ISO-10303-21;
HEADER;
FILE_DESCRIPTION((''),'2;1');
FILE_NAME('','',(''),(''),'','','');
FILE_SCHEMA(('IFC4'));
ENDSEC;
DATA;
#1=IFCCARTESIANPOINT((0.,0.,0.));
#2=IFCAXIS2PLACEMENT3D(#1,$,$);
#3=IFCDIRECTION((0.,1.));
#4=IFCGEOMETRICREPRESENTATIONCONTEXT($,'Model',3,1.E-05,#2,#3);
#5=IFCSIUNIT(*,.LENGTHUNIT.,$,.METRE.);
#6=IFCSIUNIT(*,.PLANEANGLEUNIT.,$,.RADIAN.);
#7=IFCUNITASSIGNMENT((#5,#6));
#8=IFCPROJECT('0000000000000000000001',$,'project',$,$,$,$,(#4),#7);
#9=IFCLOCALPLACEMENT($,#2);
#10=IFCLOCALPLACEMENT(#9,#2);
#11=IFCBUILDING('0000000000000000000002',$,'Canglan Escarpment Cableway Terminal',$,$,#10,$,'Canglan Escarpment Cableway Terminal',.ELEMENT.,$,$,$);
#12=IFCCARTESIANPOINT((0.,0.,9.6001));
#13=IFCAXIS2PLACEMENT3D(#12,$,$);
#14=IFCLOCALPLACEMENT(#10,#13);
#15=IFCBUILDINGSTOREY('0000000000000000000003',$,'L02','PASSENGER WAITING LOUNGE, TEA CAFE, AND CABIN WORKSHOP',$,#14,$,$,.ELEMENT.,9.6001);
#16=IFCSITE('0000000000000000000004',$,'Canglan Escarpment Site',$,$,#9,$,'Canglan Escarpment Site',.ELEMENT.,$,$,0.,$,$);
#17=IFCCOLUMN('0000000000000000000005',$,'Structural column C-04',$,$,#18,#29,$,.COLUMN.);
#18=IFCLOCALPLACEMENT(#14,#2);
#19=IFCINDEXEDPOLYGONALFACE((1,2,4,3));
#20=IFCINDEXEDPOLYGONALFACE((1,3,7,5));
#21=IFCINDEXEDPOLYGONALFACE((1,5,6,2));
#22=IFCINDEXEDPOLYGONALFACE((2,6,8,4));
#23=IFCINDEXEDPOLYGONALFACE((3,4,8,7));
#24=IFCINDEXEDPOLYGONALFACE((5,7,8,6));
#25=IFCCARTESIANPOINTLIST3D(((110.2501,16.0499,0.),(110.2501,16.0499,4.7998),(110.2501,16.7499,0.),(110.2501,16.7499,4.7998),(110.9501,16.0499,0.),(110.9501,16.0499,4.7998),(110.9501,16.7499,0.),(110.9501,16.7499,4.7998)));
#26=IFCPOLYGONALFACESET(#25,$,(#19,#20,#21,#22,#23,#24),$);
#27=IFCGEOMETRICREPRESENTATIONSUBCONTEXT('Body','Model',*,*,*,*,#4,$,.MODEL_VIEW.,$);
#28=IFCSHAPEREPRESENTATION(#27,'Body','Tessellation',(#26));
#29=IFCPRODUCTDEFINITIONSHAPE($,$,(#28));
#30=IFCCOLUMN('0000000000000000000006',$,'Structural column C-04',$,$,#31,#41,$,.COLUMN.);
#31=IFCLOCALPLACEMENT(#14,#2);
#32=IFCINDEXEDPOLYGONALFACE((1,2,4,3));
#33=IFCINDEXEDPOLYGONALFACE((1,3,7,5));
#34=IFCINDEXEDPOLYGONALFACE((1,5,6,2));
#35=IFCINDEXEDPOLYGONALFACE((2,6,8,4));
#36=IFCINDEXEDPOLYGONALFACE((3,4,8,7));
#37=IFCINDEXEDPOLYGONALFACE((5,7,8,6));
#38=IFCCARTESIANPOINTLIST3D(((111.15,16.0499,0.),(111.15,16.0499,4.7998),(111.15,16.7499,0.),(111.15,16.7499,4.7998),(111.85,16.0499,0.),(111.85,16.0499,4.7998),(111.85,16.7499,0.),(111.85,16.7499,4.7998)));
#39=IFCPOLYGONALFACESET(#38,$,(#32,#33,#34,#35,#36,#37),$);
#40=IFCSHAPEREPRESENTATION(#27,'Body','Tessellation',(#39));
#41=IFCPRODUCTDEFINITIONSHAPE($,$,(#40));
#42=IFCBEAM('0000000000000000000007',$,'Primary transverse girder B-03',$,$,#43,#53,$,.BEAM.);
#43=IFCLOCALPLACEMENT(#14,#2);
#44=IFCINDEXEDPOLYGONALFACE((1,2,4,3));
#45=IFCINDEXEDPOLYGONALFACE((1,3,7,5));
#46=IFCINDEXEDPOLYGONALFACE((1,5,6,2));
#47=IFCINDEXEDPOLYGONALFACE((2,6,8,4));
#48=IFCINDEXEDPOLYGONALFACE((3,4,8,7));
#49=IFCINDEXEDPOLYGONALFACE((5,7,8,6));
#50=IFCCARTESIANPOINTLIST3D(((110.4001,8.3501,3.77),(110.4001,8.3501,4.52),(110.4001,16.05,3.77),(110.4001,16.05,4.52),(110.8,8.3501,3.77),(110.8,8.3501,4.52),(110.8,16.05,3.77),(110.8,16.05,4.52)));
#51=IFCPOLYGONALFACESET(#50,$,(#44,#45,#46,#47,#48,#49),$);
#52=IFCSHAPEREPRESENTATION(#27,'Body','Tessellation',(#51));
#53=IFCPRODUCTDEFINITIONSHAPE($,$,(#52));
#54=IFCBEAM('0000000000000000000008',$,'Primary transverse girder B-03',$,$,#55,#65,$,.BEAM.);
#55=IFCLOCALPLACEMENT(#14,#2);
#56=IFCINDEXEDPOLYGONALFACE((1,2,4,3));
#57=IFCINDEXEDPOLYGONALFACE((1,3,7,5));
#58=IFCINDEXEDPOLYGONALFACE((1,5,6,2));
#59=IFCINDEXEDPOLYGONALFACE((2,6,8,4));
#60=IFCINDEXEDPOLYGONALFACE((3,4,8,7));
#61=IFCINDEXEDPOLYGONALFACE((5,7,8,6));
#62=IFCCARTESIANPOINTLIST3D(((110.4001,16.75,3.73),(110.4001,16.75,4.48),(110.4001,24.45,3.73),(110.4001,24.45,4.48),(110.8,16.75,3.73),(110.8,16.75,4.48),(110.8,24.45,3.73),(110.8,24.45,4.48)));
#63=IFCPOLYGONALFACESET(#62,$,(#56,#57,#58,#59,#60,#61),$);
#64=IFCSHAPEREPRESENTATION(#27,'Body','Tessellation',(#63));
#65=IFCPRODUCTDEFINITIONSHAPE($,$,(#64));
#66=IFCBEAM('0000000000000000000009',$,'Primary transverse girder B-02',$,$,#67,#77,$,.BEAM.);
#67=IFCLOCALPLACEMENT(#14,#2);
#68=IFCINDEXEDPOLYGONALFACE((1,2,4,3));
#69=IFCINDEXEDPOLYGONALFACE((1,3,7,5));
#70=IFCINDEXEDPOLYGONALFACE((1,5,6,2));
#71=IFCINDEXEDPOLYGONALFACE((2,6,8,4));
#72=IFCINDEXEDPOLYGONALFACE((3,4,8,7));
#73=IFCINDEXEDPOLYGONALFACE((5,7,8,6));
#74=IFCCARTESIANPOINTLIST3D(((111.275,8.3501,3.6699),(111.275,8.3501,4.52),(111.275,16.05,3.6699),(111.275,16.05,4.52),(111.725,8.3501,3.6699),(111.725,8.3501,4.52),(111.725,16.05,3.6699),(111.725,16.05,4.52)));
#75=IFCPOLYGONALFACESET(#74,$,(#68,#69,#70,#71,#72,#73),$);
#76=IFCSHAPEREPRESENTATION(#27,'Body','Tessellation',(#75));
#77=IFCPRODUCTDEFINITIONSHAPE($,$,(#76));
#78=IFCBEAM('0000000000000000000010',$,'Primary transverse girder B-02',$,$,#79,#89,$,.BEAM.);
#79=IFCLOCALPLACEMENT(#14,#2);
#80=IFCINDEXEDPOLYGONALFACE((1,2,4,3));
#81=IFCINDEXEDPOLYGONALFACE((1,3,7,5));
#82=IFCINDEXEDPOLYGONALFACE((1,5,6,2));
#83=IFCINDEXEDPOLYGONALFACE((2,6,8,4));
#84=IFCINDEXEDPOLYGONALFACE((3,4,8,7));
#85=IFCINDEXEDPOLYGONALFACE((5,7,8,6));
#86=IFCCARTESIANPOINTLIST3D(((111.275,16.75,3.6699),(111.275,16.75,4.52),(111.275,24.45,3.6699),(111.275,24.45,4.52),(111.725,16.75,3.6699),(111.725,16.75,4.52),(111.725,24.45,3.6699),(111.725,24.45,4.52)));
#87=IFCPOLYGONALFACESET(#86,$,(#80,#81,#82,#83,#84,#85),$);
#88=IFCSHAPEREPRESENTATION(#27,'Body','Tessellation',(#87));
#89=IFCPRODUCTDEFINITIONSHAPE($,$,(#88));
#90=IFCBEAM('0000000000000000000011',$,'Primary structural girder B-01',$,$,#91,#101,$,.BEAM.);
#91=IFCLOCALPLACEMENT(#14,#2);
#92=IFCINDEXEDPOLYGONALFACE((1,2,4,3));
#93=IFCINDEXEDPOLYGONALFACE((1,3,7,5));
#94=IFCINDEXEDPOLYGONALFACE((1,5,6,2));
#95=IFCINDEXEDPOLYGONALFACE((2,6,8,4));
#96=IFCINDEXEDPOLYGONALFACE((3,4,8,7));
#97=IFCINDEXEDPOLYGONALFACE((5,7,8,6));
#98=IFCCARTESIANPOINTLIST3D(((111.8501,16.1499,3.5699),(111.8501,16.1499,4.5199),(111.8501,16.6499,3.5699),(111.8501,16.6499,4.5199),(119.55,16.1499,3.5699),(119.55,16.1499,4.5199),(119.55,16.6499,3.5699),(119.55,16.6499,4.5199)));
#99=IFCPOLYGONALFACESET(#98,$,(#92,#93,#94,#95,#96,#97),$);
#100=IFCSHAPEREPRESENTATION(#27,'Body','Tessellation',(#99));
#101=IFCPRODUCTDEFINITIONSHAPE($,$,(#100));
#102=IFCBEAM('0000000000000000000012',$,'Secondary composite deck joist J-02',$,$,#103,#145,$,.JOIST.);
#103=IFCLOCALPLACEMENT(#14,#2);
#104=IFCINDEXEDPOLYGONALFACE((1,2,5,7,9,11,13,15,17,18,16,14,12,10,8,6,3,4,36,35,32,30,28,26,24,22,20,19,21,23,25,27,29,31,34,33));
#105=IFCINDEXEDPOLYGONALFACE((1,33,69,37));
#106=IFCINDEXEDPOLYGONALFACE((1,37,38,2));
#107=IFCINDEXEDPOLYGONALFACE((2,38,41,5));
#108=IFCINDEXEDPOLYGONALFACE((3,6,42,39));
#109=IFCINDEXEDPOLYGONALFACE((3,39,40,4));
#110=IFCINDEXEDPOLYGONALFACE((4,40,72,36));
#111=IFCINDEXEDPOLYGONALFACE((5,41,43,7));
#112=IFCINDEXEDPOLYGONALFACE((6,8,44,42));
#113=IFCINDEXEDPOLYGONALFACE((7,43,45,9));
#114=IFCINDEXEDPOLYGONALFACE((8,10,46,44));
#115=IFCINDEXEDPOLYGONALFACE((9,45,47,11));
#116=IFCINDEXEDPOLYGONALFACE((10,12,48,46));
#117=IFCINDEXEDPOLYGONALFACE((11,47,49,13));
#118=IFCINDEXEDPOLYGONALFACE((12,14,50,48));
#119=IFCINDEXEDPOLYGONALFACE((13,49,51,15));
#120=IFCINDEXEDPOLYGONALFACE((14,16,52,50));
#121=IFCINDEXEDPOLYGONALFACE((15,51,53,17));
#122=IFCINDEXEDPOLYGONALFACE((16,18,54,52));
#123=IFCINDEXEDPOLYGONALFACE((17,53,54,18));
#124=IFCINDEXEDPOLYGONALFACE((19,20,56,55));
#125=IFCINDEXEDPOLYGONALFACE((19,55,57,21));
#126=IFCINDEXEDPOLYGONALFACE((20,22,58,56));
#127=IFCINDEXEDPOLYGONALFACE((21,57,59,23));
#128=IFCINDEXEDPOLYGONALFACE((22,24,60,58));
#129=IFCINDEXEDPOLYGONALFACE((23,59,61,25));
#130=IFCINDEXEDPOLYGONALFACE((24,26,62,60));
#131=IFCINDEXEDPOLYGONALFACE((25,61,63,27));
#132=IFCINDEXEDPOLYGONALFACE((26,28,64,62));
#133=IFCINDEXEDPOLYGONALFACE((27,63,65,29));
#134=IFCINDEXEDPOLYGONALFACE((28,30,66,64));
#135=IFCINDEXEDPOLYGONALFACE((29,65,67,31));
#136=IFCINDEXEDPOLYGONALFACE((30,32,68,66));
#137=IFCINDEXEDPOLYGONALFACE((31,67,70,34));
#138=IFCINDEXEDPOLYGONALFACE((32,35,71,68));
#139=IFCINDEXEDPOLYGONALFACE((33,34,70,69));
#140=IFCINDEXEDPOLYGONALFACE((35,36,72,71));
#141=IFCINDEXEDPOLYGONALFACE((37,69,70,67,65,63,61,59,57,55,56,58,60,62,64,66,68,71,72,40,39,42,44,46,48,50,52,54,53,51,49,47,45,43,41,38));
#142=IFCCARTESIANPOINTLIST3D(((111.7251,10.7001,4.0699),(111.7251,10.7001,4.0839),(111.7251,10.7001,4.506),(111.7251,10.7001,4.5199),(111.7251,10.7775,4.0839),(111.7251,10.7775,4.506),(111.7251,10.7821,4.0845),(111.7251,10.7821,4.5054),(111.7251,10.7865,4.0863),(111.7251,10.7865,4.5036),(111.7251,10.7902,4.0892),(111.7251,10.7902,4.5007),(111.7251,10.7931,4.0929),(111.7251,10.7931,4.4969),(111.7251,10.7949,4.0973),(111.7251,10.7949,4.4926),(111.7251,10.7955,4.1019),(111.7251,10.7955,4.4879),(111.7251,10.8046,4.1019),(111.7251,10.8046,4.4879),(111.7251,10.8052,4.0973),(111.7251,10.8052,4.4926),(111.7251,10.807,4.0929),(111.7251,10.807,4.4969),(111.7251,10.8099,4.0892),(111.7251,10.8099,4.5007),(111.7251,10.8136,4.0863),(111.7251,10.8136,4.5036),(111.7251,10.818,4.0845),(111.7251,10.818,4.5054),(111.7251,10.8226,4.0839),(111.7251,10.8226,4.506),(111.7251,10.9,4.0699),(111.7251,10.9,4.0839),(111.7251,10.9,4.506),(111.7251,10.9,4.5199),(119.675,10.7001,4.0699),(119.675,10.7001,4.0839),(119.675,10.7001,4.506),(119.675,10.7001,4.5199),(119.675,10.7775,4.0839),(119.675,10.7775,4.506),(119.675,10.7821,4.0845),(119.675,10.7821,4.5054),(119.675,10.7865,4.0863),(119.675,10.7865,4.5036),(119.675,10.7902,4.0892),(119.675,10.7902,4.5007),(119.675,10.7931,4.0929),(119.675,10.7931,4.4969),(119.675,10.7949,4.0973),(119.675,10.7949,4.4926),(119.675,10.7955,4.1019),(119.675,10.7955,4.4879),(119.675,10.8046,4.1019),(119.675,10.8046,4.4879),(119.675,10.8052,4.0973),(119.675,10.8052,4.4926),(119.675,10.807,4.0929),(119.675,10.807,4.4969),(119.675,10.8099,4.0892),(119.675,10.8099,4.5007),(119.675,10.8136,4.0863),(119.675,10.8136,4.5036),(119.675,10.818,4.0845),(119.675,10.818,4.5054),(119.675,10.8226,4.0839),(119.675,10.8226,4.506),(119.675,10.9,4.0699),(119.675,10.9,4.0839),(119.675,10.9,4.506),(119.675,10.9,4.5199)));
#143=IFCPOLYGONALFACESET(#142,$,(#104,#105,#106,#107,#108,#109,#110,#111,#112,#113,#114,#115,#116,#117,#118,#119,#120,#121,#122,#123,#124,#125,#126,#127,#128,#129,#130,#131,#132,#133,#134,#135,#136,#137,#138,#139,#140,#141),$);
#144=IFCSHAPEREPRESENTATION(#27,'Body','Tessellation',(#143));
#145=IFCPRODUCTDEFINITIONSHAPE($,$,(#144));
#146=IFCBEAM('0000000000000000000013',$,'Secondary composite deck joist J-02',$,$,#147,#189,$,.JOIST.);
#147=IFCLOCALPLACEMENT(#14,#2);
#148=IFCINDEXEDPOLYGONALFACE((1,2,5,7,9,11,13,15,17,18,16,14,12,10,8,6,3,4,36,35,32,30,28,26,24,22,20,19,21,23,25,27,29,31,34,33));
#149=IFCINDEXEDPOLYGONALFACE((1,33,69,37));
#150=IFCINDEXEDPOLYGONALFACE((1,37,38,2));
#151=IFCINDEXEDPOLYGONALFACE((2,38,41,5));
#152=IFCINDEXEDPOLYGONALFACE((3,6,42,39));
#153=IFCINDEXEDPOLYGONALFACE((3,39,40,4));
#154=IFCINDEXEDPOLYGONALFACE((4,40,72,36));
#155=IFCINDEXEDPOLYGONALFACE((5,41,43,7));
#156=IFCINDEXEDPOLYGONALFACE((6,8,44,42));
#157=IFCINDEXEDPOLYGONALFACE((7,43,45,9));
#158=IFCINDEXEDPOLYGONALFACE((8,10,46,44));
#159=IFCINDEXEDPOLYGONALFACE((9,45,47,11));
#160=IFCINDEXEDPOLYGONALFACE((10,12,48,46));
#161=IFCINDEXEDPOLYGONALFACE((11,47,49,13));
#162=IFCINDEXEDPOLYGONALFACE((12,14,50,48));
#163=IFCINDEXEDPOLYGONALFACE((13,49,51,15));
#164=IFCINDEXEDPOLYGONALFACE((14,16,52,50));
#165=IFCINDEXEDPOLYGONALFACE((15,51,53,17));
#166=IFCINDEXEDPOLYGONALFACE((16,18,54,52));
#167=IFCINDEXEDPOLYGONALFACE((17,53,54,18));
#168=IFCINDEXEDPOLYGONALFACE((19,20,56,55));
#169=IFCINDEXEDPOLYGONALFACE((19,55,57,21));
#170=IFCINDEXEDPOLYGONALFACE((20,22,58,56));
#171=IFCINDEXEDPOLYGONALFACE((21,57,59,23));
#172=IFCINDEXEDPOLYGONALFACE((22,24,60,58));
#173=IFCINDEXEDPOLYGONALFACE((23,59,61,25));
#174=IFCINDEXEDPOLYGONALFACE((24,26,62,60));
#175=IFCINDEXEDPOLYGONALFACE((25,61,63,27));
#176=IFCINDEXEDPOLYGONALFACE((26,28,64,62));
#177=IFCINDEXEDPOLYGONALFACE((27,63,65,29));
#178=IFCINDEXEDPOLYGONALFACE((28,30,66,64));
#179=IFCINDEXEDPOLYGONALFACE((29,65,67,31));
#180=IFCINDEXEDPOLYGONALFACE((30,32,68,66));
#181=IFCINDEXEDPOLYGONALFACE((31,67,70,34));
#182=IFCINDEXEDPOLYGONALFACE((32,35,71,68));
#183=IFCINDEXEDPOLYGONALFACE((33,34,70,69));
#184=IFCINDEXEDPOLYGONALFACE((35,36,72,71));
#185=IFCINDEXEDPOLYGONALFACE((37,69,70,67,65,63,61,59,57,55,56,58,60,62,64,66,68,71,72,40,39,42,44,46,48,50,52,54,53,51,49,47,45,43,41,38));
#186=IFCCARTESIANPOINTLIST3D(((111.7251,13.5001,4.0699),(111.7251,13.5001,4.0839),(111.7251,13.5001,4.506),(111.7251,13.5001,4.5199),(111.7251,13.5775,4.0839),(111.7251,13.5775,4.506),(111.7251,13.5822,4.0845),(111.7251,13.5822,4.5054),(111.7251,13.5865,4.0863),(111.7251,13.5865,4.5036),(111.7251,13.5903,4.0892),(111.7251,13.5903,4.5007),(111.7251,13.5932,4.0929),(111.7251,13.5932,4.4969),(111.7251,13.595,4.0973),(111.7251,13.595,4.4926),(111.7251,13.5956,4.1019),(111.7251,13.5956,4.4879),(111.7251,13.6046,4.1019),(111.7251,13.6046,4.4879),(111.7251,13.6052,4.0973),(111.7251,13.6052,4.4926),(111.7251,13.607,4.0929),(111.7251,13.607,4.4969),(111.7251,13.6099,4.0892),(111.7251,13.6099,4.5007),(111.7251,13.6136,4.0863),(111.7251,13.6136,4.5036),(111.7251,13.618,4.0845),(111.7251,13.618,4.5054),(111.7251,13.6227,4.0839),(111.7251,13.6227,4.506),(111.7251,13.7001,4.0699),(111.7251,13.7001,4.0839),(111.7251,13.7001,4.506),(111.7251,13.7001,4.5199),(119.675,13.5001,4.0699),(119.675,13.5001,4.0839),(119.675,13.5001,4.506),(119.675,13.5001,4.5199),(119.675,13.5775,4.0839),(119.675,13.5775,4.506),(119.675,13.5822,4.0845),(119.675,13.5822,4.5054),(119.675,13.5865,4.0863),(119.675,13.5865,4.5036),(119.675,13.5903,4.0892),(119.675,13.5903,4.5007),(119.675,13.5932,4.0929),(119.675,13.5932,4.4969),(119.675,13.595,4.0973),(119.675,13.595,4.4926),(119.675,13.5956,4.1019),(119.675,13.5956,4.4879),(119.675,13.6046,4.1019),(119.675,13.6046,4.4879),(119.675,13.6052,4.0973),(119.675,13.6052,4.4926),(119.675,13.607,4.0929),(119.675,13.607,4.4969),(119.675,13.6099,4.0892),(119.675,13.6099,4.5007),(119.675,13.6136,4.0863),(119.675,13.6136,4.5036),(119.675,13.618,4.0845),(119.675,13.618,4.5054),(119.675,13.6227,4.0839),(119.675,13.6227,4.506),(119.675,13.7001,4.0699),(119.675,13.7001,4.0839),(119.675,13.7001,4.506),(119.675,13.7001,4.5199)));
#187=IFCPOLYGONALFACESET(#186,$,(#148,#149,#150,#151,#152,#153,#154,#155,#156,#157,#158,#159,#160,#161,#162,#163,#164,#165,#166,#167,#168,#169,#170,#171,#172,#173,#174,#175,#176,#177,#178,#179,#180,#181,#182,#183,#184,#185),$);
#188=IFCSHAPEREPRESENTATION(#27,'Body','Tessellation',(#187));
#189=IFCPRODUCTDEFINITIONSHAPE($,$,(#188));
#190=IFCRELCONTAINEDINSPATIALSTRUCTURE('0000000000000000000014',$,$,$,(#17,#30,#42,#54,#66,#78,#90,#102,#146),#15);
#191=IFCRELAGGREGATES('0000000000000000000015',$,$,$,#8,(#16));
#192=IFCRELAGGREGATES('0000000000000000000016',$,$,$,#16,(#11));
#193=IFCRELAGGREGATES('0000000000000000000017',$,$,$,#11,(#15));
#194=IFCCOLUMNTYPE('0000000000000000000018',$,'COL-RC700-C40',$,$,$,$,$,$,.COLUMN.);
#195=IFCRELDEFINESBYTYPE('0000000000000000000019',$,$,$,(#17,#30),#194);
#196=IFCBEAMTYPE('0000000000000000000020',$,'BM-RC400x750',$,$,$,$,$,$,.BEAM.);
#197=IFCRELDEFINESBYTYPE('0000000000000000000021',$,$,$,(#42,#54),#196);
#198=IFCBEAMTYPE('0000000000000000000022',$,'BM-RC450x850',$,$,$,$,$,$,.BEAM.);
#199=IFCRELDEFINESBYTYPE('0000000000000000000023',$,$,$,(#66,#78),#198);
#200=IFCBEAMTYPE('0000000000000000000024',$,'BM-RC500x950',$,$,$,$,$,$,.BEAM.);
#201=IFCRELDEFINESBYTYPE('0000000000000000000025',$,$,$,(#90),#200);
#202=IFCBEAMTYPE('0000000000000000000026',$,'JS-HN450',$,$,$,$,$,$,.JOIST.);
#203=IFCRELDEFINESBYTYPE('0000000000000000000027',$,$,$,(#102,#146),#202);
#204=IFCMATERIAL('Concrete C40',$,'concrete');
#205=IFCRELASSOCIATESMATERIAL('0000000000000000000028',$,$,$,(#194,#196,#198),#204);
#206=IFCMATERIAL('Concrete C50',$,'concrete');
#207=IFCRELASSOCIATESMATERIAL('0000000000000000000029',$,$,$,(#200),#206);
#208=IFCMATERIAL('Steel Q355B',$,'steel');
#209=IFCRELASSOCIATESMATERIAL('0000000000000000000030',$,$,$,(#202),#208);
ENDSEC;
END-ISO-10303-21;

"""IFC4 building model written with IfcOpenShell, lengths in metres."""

from ifc_helpers import new_model, si_unit, direction, frame, origin, origin_2d, place, context, subcontext, project, spatial, rectangle, i_section, extrude, material, material_profile, profile_set, type_object, element, save


model = new_model("IFC4")

# Units and contexts
model_context = context("Model", 3, precision=1e-05, world=origin(), true_north=direction((0.0, 1.0)))
body_context = subcontext(model_context, "Body", "Model", "MODEL_VIEW")
ifc_project = project(units=[si_unit("LENGTHUNIT", "METRE"), si_unit("PLANEANGLEUNIT", "RADIAN")], contexts=[model_context])

# Site, building, storey
site_placement = place(None, origin())
site = spatial("IfcSite", under=ifc_project, at=site_placement, Name="Canglan Escarpment Site", LongName="Canglan Escarpment Site", CompositionType="ELEMENT", RefElevation=0.0)
building_placement = place(site_placement, origin())
building = spatial("IfcBuilding", under=site, at=building_placement, Name="Canglan Escarpment Cableway Terminal", LongName="Canglan Escarpment Cableway Terminal", CompositionType="ELEMENT")
storey_placement = place(building_placement, frame((0.0, 0.0, 9.6001)))
storey = spatial("IfcBuildingStorey", under=building, at=storey_placement, Name="L02", Description="PASSENGER WAITING LOUNGE, TEA CAFE, AND CABIN WORKSHOP", CompositionType="ELEMENT", Elevation=9.6001)

# Columns
ifc_material_1 = material(Name="Concrete C40", Category="concrete")
ifc_material_profile_1 = material_profile(ifc_material_1, rectangle(XDim=0.7, YDim=0.7, at=origin_2d()), Name="RC 700x700")
ifc_profile_set_1 = profile_set([ifc_material_profile_1], Name="Concrete C40")
column_type = type_object("IfcColumnType", Name="COL-RC700-C40", PredefinedType="COLUMN", material=ifc_profile_set_1)
for number, where, z_axis, x_axis, name in (
    (1, (110.6001, 16.3999, 0.0), (0.0, 0.0, 1.0), (1.0, 0.0, 0.0), "Structural column C-04"),
    (2, (111.5, 16.3999, 0.0), (0.0, 0.0, 1.0), (1.0, 0.0, 0.0), "Structural column C-04"),
):
    element("IfcColumn", number, at=place(storey_placement, frame(where, z_axis=z_axis, x_axis=x_axis)), inside=storey, type_object=column_type, Name=name, PredefinedType="COLUMN", context=body_context, shape_type="SweptSolid", body=[
        extrude(rectangle(XDim=0.7, YDim=0.7, at=origin_2d()), origin(), (0.0, 0.0, 1.0), 4.7998),
    ])

# Beams
ifc_material_profile_2 = material_profile(ifc_material_1, rectangle(XDim=0.3999, YDim=0.75, at=origin_2d()), Name="RC 400x750")
ifc_profile_set_2 = profile_set([ifc_material_profile_2], Name="Concrete C40")
beam_type_1 = type_object("IfcBeamType", Name="BM-RC400x750", PredefinedType="BEAM", material=ifc_profile_set_2)
for number, where, z_axis, x_axis, name in (
    (3, (110.6001, 8.3501, 4.145), (0.0, 1.0, 0.0), (-1.0, 0.0, 0.0), "Primary transverse girder B-03"),
    (4, (110.6001, 16.75, 4.105), (0.0, 1.0, 0.0), (-1.0, 0.0, 0.0), "Primary transverse girder B-03"),
):
    element("IfcBeam", number, at=place(storey_placement, frame(where, z_axis=z_axis, x_axis=x_axis)), inside=storey, type_object=beam_type_1, Name=name, PredefinedType="BEAM", context=body_context, shape_type="SweptSolid", body=[
        extrude(rectangle(XDim=0.3999, YDim=0.75, at=origin_2d()), origin(), (0.0, 0.0, 1.0), 7.7),
    ])
ifc_material_profile_3 = material_profile(ifc_material_1, rectangle(XDim=0.45, YDim=0.8501, at=origin_2d()), Name="RC 450x850")
ifc_profile_set_3 = profile_set([ifc_material_profile_3], Name="Concrete C40")
beam_type_2 = type_object("IfcBeamType", Name="BM-RC450x850", PredefinedType="BEAM", material=ifc_profile_set_3)
for number, where, z_axis, x_axis, name in (
    (5, (111.5, 8.3501, 4.095), (0.0, 1.0, 0.0), (-1.0, 0.0, 0.0), "Primary transverse girder B-02"),
    (6, (111.5, 16.75, 4.095), (0.0, 1.0, 0.0), (-1.0, 0.0, 0.0), "Primary transverse girder B-02"),
):
    element("IfcBeam", number, at=place(storey_placement, frame(where, z_axis=z_axis, x_axis=x_axis)), inside=storey, type_object=beam_type_2, Name=name, PredefinedType="BEAM", context=body_context, shape_type="SweptSolid", body=[
        extrude(rectangle(XDim=0.45, YDim=0.8501, at=origin_2d()), origin(), (0.0, 0.0, 1.0), 7.7),
    ])
ifc_material_2 = material(Name="Concrete C50", Category="concrete")
ifc_material_profile_4 = material_profile(ifc_material_2, rectangle(XDim=0.5, YDim=0.95, at=origin_2d()), Name="RC 500x950")
ifc_profile_set_4 = profile_set([ifc_material_profile_4], Name="Concrete C50")
beam_type_3 = type_object("IfcBeamType", Name="BM-RC500x950", PredefinedType="BEAM", material=ifc_profile_set_4)
beam_1_placement = place(storey_placement, frame((111.8501, 16.3999, 4.0449), z_axis=(1.0, 0.0, 0.0), x_axis=(0.0, 1.0, 0.0)))
element("IfcBeam", 7, at=beam_1_placement, inside=storey, type_object=beam_type_3, Name="Primary structural girder B-01", PredefinedType="BEAM", context=body_context, shape_type="SweptSolid", body=[
    extrude(rectangle(XDim=0.5, YDim=0.95, at=origin_2d()), origin(), (0.0, 0.0, 1.0), 7.7),
])
ifc_material_3 = material(Name="Steel Q355B", Category="steel")
ifc_material_profile_5 = material_profile(ifc_material_3, i_section(OverallWidth=0.2, OverallDepth=0.45, WebThickness=0.009, FlangeThickness=0.0139, FilletRadius=0.0181, at=origin_2d()), Name="HN 450x200x9x14")
ifc_profile_set_5 = profile_set([ifc_material_profile_5], Name="Steel Q355B")
beam_type_4 = type_object("IfcBeamType", Name="JS-HN450", PredefinedType="JOIST", material=ifc_profile_set_5)
for number, where, z_axis, x_axis, name in (
    (8, (111.7251, 10.8, 4.2949), (1.0, 0.0, 0.0), (0.0, 1.0, 0.0), "Secondary composite deck joist J-02"),
    (9, (111.7251, 13.6001, 4.2949), (1.0, 0.0, 0.0), (0.0, 1.0, 0.0), "Secondary composite deck joist J-02"),
):
    element("IfcBeam", number, at=place(storey_placement, frame(where, z_axis=z_axis, x_axis=x_axis)), inside=storey, type_object=beam_type_4, Name=name, PredefinedType="JOIST", context=body_context, shape_type="SweptSolid", body=[
        extrude(i_section(OverallWidth=0.2, OverallDepth=0.45, WebThickness=0.009, FlangeThickness=0.0139, FilletRadius=0.0181, at=origin_2d()), origin(), (0.0, 0.0, 1.0), 7.95),
    ])

save(model, "model.ifc")
